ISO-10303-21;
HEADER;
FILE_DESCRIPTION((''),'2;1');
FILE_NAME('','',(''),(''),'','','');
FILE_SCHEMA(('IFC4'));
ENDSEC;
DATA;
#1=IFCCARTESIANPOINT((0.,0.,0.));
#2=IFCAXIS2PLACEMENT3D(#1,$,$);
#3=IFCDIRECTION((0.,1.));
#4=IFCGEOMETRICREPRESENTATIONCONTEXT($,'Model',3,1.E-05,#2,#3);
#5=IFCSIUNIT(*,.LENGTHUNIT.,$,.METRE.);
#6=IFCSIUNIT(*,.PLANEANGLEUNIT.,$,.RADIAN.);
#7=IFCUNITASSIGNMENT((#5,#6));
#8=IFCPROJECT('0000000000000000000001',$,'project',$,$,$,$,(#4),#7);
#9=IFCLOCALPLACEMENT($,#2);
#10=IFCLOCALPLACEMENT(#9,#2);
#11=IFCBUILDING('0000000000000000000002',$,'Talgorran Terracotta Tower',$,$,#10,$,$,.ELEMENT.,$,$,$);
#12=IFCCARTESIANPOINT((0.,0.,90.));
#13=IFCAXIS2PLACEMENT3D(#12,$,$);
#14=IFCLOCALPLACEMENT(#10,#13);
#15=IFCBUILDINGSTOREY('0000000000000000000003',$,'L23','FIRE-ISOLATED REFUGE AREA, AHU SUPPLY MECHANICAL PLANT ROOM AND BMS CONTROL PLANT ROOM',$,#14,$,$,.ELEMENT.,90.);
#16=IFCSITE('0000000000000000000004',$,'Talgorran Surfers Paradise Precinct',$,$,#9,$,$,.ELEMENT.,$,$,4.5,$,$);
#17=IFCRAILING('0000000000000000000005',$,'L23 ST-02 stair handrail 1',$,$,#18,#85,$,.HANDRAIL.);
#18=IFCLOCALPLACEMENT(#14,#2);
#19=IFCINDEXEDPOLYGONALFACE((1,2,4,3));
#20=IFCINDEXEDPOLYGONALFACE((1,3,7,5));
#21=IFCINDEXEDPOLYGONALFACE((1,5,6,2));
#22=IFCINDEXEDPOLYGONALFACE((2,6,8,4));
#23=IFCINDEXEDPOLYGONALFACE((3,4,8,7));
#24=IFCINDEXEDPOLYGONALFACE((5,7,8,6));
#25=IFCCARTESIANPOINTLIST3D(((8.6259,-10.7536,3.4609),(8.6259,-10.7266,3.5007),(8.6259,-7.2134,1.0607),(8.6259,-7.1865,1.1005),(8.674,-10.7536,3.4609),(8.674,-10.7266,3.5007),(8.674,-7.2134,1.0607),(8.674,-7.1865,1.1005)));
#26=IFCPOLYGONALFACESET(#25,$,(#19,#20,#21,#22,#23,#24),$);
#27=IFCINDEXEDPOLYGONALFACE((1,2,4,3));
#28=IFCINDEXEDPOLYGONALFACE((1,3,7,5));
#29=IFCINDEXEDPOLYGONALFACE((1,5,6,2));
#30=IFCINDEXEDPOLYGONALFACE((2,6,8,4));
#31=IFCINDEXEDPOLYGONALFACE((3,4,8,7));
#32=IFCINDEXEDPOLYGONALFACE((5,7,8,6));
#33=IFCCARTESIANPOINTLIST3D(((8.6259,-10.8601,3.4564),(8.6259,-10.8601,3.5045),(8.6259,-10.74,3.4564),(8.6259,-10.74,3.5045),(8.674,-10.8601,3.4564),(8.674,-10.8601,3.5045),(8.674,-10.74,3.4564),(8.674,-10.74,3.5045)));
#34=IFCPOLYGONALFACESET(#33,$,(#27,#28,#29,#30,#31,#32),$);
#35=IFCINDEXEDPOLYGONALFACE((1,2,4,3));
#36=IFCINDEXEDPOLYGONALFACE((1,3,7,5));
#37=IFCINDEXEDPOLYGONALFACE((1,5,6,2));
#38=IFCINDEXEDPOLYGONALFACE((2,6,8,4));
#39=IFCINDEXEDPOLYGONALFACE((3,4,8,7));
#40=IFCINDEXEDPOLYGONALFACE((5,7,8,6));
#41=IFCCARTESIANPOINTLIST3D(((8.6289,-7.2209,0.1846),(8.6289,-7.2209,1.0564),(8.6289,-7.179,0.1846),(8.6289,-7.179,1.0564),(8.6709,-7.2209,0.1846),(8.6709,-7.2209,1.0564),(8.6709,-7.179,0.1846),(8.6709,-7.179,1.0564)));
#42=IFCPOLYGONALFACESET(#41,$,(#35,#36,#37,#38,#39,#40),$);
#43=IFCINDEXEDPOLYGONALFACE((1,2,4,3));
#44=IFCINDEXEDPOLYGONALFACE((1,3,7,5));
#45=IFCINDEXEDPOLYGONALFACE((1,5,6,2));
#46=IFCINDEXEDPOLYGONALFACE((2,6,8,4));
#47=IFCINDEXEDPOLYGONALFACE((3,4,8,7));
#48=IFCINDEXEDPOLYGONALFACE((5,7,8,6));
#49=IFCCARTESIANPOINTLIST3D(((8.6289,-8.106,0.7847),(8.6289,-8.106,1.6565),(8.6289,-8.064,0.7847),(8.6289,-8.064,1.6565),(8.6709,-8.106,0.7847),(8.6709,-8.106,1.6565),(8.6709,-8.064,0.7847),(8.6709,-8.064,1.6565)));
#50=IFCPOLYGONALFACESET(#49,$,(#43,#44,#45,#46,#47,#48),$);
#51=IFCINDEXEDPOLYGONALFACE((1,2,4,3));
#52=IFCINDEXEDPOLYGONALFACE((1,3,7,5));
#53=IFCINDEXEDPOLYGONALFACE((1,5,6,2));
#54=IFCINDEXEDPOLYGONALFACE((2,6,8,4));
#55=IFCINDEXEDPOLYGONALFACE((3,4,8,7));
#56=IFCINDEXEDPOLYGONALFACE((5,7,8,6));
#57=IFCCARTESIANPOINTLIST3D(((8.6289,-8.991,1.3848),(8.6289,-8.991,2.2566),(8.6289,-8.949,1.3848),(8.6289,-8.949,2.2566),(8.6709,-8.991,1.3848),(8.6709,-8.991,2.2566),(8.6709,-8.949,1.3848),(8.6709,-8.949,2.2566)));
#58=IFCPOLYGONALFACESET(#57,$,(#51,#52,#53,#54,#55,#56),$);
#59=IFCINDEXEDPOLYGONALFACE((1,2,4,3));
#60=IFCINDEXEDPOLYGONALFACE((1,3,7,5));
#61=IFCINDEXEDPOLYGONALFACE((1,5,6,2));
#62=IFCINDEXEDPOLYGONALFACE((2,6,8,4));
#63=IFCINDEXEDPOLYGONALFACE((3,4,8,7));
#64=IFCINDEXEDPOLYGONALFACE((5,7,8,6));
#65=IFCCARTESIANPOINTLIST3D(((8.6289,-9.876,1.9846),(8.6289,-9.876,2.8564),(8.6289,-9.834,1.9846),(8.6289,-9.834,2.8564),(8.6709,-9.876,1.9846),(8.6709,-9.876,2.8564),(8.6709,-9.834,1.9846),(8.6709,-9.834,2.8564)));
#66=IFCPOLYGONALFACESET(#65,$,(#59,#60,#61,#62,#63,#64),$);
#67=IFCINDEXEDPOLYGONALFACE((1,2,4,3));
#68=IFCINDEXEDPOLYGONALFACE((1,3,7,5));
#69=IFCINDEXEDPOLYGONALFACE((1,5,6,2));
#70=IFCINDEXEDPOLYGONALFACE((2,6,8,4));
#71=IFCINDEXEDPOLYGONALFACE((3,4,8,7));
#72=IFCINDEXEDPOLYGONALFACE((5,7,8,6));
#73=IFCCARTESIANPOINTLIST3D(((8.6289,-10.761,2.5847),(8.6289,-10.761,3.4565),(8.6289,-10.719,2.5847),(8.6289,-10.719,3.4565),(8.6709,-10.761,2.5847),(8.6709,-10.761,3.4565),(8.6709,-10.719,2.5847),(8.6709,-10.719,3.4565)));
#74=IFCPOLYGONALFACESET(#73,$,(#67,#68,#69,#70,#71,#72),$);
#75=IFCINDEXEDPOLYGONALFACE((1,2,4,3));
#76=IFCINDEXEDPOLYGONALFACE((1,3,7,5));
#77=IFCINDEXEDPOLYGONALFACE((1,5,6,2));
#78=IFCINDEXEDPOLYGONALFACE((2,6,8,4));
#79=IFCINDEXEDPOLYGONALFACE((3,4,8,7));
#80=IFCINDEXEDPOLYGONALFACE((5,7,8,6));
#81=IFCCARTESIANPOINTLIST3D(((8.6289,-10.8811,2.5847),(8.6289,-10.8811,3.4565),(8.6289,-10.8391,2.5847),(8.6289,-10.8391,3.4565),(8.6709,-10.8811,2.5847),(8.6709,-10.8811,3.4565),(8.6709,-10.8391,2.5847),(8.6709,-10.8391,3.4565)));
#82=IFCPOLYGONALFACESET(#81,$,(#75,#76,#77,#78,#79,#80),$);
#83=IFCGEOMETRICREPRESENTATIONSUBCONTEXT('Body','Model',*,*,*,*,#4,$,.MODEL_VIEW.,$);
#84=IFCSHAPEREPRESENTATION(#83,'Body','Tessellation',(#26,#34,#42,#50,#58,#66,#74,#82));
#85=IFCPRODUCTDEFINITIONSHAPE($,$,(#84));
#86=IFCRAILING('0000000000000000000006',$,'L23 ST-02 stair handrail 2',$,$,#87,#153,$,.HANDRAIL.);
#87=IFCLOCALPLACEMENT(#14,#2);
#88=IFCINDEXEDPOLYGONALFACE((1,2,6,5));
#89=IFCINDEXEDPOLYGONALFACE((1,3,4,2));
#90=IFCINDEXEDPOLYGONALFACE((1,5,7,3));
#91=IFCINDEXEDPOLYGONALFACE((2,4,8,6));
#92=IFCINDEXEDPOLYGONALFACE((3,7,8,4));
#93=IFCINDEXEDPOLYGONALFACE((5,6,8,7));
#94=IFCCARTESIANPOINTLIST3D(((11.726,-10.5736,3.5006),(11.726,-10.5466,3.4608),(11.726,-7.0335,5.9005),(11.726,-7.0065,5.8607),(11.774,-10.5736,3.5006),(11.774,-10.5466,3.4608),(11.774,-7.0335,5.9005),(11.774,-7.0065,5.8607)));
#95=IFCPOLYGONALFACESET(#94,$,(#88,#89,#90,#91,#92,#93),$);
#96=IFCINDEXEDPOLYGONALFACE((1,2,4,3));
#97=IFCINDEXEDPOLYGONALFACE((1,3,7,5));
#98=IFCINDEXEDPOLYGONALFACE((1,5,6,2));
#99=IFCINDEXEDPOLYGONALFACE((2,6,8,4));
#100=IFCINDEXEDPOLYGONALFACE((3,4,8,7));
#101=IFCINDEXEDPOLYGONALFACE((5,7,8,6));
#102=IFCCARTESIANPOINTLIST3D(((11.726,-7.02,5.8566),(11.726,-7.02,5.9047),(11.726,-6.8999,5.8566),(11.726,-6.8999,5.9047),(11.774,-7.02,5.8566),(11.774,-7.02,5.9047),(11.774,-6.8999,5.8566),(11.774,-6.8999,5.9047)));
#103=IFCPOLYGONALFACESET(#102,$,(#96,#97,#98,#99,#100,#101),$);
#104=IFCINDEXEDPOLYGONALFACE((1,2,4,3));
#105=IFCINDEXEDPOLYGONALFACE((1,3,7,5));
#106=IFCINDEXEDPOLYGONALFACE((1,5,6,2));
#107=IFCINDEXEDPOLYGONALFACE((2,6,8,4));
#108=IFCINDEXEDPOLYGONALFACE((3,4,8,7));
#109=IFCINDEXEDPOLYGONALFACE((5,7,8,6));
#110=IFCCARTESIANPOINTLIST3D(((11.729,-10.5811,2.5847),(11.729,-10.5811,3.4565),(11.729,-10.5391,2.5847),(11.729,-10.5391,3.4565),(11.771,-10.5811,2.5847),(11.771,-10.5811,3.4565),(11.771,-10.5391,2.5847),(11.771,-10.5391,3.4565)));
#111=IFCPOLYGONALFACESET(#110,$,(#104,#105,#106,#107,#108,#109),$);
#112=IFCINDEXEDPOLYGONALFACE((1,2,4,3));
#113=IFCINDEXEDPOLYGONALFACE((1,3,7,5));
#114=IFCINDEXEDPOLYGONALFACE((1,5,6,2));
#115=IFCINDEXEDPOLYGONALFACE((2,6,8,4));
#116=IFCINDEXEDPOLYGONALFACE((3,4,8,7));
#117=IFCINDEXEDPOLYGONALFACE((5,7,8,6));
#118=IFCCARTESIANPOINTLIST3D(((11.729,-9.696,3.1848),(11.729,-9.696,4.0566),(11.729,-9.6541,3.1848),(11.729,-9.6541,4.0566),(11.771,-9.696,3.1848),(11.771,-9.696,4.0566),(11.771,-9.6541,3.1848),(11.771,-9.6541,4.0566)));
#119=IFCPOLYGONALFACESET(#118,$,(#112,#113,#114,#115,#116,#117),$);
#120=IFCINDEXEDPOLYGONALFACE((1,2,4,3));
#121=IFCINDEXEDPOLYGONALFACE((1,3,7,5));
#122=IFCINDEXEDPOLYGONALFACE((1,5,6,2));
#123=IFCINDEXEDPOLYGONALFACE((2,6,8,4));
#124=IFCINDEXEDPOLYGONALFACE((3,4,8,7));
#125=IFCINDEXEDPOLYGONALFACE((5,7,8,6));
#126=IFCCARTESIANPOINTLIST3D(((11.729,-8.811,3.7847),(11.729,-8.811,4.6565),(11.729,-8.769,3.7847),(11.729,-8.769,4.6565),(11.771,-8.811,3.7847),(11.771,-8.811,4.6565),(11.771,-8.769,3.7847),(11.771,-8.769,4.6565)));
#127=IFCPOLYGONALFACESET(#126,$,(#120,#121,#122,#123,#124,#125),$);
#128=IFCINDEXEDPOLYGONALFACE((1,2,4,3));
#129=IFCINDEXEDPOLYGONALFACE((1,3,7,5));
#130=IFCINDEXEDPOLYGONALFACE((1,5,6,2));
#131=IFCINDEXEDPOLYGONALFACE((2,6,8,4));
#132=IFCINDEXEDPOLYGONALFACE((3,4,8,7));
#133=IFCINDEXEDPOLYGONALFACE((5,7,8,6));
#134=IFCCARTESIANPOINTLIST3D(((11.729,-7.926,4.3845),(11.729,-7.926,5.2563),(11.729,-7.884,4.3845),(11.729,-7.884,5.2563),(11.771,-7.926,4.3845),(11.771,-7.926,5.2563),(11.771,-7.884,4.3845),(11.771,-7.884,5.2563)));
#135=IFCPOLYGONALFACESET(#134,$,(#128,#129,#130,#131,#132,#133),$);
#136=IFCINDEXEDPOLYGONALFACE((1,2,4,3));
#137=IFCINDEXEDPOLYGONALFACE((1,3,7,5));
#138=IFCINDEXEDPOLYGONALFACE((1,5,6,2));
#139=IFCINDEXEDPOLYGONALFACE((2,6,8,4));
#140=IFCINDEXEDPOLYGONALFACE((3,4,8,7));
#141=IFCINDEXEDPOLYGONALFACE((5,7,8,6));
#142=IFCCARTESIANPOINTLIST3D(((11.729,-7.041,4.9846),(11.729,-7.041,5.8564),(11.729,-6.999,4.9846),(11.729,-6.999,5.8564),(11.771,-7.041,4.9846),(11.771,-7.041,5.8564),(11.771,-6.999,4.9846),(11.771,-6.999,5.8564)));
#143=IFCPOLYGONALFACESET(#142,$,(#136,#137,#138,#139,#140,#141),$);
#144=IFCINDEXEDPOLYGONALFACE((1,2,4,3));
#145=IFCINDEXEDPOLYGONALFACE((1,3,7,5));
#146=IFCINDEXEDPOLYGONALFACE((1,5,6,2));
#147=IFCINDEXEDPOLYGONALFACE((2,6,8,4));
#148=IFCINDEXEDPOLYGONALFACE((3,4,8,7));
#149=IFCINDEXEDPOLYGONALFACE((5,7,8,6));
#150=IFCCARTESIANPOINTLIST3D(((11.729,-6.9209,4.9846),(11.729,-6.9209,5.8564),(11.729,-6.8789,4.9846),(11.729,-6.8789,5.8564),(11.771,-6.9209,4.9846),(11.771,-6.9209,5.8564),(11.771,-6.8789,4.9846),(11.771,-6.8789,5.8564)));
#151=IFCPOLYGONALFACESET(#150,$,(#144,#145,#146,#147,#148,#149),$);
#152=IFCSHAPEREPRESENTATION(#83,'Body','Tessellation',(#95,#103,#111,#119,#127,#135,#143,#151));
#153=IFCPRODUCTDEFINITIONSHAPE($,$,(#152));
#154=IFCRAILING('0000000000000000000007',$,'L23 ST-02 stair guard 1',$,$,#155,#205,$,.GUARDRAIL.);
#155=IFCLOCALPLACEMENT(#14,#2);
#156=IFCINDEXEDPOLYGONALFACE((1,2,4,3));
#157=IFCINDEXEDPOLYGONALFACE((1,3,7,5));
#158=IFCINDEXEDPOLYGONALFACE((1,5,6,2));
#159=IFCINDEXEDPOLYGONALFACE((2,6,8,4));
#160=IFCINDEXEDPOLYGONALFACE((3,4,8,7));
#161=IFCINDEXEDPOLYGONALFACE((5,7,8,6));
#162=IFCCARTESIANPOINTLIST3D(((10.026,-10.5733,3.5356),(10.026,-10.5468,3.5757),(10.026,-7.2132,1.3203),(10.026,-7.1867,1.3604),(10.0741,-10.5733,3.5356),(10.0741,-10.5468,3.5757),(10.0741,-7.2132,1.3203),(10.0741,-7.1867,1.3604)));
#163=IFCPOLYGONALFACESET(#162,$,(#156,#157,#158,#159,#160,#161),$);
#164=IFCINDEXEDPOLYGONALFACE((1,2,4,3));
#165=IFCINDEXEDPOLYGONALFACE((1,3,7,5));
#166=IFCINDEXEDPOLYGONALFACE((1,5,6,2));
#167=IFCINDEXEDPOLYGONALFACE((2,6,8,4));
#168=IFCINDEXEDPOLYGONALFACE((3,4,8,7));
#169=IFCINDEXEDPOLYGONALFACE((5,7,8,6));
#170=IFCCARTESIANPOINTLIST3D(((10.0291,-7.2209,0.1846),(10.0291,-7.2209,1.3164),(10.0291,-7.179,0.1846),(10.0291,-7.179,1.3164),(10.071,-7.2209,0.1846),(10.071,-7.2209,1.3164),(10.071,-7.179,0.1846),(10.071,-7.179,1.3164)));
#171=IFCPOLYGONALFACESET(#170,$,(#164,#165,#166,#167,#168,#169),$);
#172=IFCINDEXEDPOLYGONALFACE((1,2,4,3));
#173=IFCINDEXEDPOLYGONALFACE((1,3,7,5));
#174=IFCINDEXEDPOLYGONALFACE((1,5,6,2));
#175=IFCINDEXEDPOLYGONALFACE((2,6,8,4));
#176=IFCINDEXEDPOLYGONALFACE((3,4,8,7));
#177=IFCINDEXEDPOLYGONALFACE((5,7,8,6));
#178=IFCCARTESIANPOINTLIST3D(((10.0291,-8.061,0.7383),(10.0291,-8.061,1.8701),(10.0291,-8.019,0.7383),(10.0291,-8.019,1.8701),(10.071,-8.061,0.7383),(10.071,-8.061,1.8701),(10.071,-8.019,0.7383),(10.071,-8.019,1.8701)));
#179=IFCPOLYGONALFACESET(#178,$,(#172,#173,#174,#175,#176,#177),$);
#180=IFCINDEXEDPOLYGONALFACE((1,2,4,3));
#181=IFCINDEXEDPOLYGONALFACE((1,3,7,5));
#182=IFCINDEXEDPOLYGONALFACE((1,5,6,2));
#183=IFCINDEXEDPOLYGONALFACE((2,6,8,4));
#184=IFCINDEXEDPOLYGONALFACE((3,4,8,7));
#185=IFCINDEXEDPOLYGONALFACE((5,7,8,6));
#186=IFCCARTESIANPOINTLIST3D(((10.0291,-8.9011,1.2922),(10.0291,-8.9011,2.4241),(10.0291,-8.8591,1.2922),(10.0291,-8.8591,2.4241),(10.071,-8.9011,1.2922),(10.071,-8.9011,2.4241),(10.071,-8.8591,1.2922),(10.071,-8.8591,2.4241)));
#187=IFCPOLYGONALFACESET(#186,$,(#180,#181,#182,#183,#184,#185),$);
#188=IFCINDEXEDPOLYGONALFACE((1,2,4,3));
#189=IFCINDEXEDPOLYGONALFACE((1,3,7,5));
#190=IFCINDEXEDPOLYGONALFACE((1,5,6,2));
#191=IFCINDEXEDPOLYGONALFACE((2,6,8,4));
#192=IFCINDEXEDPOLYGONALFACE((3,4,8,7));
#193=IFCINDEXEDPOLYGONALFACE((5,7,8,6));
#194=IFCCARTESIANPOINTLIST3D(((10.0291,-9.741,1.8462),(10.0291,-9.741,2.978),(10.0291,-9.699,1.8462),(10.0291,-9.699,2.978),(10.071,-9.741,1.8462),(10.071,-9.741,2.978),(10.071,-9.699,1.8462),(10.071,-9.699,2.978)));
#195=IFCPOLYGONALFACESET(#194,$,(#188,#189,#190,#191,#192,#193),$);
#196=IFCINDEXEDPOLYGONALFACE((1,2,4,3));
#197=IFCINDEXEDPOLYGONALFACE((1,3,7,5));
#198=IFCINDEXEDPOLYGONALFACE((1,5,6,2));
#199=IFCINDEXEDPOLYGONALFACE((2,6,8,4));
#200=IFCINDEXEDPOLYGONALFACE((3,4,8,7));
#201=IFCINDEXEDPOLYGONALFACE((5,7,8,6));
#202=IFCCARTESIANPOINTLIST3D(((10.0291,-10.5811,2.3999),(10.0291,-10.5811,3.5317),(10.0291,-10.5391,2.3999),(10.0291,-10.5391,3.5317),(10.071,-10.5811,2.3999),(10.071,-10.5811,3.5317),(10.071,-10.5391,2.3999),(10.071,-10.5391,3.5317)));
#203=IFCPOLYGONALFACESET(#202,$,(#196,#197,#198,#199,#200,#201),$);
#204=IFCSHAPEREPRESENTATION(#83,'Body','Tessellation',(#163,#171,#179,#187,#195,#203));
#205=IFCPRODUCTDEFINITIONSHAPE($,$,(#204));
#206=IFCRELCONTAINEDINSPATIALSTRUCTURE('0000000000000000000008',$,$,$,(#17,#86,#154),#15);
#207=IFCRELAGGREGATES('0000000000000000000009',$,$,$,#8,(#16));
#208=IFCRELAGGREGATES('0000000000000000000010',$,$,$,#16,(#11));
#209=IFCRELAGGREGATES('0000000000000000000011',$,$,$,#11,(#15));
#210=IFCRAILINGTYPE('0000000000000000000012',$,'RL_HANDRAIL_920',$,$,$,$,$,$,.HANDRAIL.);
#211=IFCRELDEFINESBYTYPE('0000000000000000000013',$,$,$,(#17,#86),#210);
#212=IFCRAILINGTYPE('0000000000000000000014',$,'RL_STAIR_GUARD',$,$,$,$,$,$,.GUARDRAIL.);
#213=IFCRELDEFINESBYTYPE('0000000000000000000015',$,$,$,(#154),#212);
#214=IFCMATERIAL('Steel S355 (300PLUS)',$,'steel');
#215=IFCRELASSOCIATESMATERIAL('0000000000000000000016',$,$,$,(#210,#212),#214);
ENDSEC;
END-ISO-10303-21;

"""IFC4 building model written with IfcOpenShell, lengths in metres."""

from ifc_helpers import new_model, si_unit, direction, frame, origin, origin_2d, place, context, subcontext, project, spatial, rectangle, extrude, material, type_object, element, save


model = new_model("IFC4")

# Units and contexts
model_context = context("Model", 3, precision=1e-05, world=origin(), true_north=direction((0.0, 1.0)))
body_context = subcontext(model_context, "Body", "Model", "MODEL_VIEW")
ifc_project = project(units=[si_unit("LENGTHUNIT", "METRE"), si_unit("PLANEANGLEUNIT", "RADIAN")], contexts=[model_context])

# Site, building, storey
site_placement = place(None, origin())
site = spatial("IfcSite", under=ifc_project, at=site_placement, Name="Talgorran Surfers Paradise Precinct", CompositionType="ELEMENT", RefElevation=4.5)
building_placement = place(site_placement, origin())
building = spatial("IfcBuilding", under=site, at=building_placement, Name="Talgorran Terracotta Tower", CompositionType="ELEMENT")
storey_placement = place(building_placement, frame((0.0, 0.0, 90.0)))
storey = spatial("IfcBuildingStorey", under=building, at=storey_placement, Name="L23", Description="FIRE-ISOLATED REFUGE AREA, AHU SUPPLY MECHANICAL PLANT ROOM AND BMS CONTROL PLANT ROOM", CompositionType="ELEMENT", Elevation=90.0)

# Railings
ifc_material_1 = material(Name="Steel S355 (300PLUS)", Category="steel")
railing_type_1 = type_object("IfcRailingType", Name="RL_HANDRAIL_920", PredefinedType="HANDRAIL", material=ifc_material_1)
railing_1_placement = place(storey_placement, frame((8.6499, -7.2, 0.1846)))
element("IfcRailing", 1, at=railing_1_placement, inside=storey, type_object=railing_type_1, Name="L23 ST-02 stair handrail 1", PredefinedType="HANDRAIL", context=body_context, shape_type="SweptSolid", body=[
    extrude(rectangle(XDim=0.0481, YDim=0.0481, at=origin_2d()), frame((0.0, 0.0, 0.896), z_axis=(0.0, -0.827695, 0.561178), x_axis=(1.0, 0.0, 0.0)), (0.0, 0.0, 1.0), 4.2771),
    extrude(rectangle(XDim=0.0481, YDim=0.0481, at=origin_2d()), frame((0.0, -3.54, 3.2959), z_axis=(0.0, -1.0, 0.0), x_axis=(1.0, 0.0, 0.0)), (0.0, 0.0, 1.0), 0.1201),
    extrude(rectangle(XDim=0.042, YDim=0.042, at=origin_2d()), origin(), (0.0, 0.0, 1.0), 0.8718),
    extrude(rectangle(XDim=0.042, YDim=0.042, at=origin_2d()), frame((0.0, -0.885, 0.6001)), (0.0, 0.0, 1.0), 0.8718),
    extrude(rectangle(XDim=0.042, YDim=0.042, at=origin_2d()), frame((0.0, -1.77, 1.2002)), (0.0, 0.0, 1.0), 0.8718),
    extrude(rectangle(XDim=0.042, YDim=0.042, at=origin_2d()), frame((0.0, -2.655, 1.8)), (0.0, 0.0, 1.0), 0.8718),
    extrude(rectangle(XDim=0.042, YDim=0.042, at=origin_2d()), frame((0.0, -3.54, 2.4001)), (0.0, 0.0, 1.0), 0.8718),
    extrude(rectangle(XDim=0.042, YDim=0.042, at=origin_2d()), frame((0.0, -3.6602, 2.4001)), (0.0, 0.0, 1.0), 0.8718),
])
railing_2_placement = place(storey_placement, frame((11.75, -10.5601, 2.5847)))
element("IfcRailing", 2, at=railing_2_placement, inside=storey, type_object=railing_type_1, Name="L23 ST-02 stair handrail 2", PredefinedType="HANDRAIL", context=body_context, shape_type="SweptSolid", body=[
    extrude(rectangle(XDim=0.0481, YDim=0.0481, at=origin_2d()), frame((0.0, 0.0, 0.896), z_axis=(0.0, 0.827722, 0.561138), x_axis=(-1.0, 0.0, 0.0)), (0.0, 0.0, 1.0), 4.2769),
    extrude(rectangle(XDim=0.0481, YDim=0.0481, at=origin_2d()), frame((0.0, 3.54, 3.2959), z_axis=(0.0, 1.0, 0.0), x_axis=(-1.0, 0.0, 0.0)), (0.0, 0.0, 1.0), 0.1201),
    extrude(rectangle(XDim=0.042, YDim=0.042, at=origin_2d()), origin(), (0.0, 0.0, 1.0), 0.8718),
    extrude(rectangle(XDim=0.042, YDim=0.042, at=origin_2d()), frame((0.0, 0.885, 0.6001)), (0.0, 0.0, 1.0), 0.8718),
    extrude(rectangle(XDim=0.042, YDim=0.042, at=origin_2d()), frame((0.0, 1.77, 1.2)), (0.0, 0.0, 1.0), 0.8718),
    extrude(rectangle(XDim=0.042, YDim=0.042, at=origin_2d()), frame((0.0, 2.655, 1.7998)), (0.0, 0.0, 1.0), 0.8718),
    extrude(rectangle(XDim=0.042, YDim=0.042, at=origin_2d()), frame((0.0, 3.54, 2.3999)), (0.0, 0.0, 1.0), 0.8718),
    extrude(rectangle(XDim=0.042, YDim=0.042, at=origin_2d()), frame((0.0, 3.6602, 2.3999)), (0.0, 0.0, 1.0), 0.8718),
])
railing_type_2 = type_object("IfcRailingType", Name="RL_STAIR_GUARD", PredefinedType="GUARDRAIL", material=ifc_material_1)
railing_3_placement = place(storey_placement, frame((10.05, -7.2, 0.1846)))
element("IfcRailing", 3, at=railing_3_placement, inside=storey, type_object=railing_type_2, Name="L23 ST-02 stair guard 1", PredefinedType="GUARDRAIL", context=body_context, shape_type="SweptSolid", body=[
    extrude(rectangle(XDim=0.0481, YDim=0.0481, at=origin_2d()), frame((0.0, 0.0, 1.1558), z_axis=(0.0, -0.834876, 0.550437), x_axis=(1.0, 0.0, 0.0)), (0.0, 0.0, 1.0), 4.0247),
    extrude(rectangle(XDim=0.042, YDim=0.042, at=origin_2d()), origin(), (0.0, 0.0, 1.0), 1.1318),
    extrude(rectangle(XDim=0.042, YDim=0.042, at=origin_2d()), frame((0.0, -0.8401, 0.5537)), (0.0, 0.0, 1.0), 1.1318),
    extrude(rectangle(XDim=0.042, YDim=0.042, at=origin_2d()), frame((0.0, -1.6802, 1.1077)), (0.0, 0.0, 1.0), 1.1318),
    extrude(rectangle(XDim=0.042, YDim=0.042, at=origin_2d()), frame((0.0, -2.52, 1.6616)), (0.0, 0.0, 1.0), 1.1318),
    extrude(rectangle(XDim=0.042, YDim=0.042, at=origin_2d()), frame((0.0, -3.3601, 2.2153)), (0.0, 0.0, 1.0), 1.1318),
])

save(model, "model.ifc")
